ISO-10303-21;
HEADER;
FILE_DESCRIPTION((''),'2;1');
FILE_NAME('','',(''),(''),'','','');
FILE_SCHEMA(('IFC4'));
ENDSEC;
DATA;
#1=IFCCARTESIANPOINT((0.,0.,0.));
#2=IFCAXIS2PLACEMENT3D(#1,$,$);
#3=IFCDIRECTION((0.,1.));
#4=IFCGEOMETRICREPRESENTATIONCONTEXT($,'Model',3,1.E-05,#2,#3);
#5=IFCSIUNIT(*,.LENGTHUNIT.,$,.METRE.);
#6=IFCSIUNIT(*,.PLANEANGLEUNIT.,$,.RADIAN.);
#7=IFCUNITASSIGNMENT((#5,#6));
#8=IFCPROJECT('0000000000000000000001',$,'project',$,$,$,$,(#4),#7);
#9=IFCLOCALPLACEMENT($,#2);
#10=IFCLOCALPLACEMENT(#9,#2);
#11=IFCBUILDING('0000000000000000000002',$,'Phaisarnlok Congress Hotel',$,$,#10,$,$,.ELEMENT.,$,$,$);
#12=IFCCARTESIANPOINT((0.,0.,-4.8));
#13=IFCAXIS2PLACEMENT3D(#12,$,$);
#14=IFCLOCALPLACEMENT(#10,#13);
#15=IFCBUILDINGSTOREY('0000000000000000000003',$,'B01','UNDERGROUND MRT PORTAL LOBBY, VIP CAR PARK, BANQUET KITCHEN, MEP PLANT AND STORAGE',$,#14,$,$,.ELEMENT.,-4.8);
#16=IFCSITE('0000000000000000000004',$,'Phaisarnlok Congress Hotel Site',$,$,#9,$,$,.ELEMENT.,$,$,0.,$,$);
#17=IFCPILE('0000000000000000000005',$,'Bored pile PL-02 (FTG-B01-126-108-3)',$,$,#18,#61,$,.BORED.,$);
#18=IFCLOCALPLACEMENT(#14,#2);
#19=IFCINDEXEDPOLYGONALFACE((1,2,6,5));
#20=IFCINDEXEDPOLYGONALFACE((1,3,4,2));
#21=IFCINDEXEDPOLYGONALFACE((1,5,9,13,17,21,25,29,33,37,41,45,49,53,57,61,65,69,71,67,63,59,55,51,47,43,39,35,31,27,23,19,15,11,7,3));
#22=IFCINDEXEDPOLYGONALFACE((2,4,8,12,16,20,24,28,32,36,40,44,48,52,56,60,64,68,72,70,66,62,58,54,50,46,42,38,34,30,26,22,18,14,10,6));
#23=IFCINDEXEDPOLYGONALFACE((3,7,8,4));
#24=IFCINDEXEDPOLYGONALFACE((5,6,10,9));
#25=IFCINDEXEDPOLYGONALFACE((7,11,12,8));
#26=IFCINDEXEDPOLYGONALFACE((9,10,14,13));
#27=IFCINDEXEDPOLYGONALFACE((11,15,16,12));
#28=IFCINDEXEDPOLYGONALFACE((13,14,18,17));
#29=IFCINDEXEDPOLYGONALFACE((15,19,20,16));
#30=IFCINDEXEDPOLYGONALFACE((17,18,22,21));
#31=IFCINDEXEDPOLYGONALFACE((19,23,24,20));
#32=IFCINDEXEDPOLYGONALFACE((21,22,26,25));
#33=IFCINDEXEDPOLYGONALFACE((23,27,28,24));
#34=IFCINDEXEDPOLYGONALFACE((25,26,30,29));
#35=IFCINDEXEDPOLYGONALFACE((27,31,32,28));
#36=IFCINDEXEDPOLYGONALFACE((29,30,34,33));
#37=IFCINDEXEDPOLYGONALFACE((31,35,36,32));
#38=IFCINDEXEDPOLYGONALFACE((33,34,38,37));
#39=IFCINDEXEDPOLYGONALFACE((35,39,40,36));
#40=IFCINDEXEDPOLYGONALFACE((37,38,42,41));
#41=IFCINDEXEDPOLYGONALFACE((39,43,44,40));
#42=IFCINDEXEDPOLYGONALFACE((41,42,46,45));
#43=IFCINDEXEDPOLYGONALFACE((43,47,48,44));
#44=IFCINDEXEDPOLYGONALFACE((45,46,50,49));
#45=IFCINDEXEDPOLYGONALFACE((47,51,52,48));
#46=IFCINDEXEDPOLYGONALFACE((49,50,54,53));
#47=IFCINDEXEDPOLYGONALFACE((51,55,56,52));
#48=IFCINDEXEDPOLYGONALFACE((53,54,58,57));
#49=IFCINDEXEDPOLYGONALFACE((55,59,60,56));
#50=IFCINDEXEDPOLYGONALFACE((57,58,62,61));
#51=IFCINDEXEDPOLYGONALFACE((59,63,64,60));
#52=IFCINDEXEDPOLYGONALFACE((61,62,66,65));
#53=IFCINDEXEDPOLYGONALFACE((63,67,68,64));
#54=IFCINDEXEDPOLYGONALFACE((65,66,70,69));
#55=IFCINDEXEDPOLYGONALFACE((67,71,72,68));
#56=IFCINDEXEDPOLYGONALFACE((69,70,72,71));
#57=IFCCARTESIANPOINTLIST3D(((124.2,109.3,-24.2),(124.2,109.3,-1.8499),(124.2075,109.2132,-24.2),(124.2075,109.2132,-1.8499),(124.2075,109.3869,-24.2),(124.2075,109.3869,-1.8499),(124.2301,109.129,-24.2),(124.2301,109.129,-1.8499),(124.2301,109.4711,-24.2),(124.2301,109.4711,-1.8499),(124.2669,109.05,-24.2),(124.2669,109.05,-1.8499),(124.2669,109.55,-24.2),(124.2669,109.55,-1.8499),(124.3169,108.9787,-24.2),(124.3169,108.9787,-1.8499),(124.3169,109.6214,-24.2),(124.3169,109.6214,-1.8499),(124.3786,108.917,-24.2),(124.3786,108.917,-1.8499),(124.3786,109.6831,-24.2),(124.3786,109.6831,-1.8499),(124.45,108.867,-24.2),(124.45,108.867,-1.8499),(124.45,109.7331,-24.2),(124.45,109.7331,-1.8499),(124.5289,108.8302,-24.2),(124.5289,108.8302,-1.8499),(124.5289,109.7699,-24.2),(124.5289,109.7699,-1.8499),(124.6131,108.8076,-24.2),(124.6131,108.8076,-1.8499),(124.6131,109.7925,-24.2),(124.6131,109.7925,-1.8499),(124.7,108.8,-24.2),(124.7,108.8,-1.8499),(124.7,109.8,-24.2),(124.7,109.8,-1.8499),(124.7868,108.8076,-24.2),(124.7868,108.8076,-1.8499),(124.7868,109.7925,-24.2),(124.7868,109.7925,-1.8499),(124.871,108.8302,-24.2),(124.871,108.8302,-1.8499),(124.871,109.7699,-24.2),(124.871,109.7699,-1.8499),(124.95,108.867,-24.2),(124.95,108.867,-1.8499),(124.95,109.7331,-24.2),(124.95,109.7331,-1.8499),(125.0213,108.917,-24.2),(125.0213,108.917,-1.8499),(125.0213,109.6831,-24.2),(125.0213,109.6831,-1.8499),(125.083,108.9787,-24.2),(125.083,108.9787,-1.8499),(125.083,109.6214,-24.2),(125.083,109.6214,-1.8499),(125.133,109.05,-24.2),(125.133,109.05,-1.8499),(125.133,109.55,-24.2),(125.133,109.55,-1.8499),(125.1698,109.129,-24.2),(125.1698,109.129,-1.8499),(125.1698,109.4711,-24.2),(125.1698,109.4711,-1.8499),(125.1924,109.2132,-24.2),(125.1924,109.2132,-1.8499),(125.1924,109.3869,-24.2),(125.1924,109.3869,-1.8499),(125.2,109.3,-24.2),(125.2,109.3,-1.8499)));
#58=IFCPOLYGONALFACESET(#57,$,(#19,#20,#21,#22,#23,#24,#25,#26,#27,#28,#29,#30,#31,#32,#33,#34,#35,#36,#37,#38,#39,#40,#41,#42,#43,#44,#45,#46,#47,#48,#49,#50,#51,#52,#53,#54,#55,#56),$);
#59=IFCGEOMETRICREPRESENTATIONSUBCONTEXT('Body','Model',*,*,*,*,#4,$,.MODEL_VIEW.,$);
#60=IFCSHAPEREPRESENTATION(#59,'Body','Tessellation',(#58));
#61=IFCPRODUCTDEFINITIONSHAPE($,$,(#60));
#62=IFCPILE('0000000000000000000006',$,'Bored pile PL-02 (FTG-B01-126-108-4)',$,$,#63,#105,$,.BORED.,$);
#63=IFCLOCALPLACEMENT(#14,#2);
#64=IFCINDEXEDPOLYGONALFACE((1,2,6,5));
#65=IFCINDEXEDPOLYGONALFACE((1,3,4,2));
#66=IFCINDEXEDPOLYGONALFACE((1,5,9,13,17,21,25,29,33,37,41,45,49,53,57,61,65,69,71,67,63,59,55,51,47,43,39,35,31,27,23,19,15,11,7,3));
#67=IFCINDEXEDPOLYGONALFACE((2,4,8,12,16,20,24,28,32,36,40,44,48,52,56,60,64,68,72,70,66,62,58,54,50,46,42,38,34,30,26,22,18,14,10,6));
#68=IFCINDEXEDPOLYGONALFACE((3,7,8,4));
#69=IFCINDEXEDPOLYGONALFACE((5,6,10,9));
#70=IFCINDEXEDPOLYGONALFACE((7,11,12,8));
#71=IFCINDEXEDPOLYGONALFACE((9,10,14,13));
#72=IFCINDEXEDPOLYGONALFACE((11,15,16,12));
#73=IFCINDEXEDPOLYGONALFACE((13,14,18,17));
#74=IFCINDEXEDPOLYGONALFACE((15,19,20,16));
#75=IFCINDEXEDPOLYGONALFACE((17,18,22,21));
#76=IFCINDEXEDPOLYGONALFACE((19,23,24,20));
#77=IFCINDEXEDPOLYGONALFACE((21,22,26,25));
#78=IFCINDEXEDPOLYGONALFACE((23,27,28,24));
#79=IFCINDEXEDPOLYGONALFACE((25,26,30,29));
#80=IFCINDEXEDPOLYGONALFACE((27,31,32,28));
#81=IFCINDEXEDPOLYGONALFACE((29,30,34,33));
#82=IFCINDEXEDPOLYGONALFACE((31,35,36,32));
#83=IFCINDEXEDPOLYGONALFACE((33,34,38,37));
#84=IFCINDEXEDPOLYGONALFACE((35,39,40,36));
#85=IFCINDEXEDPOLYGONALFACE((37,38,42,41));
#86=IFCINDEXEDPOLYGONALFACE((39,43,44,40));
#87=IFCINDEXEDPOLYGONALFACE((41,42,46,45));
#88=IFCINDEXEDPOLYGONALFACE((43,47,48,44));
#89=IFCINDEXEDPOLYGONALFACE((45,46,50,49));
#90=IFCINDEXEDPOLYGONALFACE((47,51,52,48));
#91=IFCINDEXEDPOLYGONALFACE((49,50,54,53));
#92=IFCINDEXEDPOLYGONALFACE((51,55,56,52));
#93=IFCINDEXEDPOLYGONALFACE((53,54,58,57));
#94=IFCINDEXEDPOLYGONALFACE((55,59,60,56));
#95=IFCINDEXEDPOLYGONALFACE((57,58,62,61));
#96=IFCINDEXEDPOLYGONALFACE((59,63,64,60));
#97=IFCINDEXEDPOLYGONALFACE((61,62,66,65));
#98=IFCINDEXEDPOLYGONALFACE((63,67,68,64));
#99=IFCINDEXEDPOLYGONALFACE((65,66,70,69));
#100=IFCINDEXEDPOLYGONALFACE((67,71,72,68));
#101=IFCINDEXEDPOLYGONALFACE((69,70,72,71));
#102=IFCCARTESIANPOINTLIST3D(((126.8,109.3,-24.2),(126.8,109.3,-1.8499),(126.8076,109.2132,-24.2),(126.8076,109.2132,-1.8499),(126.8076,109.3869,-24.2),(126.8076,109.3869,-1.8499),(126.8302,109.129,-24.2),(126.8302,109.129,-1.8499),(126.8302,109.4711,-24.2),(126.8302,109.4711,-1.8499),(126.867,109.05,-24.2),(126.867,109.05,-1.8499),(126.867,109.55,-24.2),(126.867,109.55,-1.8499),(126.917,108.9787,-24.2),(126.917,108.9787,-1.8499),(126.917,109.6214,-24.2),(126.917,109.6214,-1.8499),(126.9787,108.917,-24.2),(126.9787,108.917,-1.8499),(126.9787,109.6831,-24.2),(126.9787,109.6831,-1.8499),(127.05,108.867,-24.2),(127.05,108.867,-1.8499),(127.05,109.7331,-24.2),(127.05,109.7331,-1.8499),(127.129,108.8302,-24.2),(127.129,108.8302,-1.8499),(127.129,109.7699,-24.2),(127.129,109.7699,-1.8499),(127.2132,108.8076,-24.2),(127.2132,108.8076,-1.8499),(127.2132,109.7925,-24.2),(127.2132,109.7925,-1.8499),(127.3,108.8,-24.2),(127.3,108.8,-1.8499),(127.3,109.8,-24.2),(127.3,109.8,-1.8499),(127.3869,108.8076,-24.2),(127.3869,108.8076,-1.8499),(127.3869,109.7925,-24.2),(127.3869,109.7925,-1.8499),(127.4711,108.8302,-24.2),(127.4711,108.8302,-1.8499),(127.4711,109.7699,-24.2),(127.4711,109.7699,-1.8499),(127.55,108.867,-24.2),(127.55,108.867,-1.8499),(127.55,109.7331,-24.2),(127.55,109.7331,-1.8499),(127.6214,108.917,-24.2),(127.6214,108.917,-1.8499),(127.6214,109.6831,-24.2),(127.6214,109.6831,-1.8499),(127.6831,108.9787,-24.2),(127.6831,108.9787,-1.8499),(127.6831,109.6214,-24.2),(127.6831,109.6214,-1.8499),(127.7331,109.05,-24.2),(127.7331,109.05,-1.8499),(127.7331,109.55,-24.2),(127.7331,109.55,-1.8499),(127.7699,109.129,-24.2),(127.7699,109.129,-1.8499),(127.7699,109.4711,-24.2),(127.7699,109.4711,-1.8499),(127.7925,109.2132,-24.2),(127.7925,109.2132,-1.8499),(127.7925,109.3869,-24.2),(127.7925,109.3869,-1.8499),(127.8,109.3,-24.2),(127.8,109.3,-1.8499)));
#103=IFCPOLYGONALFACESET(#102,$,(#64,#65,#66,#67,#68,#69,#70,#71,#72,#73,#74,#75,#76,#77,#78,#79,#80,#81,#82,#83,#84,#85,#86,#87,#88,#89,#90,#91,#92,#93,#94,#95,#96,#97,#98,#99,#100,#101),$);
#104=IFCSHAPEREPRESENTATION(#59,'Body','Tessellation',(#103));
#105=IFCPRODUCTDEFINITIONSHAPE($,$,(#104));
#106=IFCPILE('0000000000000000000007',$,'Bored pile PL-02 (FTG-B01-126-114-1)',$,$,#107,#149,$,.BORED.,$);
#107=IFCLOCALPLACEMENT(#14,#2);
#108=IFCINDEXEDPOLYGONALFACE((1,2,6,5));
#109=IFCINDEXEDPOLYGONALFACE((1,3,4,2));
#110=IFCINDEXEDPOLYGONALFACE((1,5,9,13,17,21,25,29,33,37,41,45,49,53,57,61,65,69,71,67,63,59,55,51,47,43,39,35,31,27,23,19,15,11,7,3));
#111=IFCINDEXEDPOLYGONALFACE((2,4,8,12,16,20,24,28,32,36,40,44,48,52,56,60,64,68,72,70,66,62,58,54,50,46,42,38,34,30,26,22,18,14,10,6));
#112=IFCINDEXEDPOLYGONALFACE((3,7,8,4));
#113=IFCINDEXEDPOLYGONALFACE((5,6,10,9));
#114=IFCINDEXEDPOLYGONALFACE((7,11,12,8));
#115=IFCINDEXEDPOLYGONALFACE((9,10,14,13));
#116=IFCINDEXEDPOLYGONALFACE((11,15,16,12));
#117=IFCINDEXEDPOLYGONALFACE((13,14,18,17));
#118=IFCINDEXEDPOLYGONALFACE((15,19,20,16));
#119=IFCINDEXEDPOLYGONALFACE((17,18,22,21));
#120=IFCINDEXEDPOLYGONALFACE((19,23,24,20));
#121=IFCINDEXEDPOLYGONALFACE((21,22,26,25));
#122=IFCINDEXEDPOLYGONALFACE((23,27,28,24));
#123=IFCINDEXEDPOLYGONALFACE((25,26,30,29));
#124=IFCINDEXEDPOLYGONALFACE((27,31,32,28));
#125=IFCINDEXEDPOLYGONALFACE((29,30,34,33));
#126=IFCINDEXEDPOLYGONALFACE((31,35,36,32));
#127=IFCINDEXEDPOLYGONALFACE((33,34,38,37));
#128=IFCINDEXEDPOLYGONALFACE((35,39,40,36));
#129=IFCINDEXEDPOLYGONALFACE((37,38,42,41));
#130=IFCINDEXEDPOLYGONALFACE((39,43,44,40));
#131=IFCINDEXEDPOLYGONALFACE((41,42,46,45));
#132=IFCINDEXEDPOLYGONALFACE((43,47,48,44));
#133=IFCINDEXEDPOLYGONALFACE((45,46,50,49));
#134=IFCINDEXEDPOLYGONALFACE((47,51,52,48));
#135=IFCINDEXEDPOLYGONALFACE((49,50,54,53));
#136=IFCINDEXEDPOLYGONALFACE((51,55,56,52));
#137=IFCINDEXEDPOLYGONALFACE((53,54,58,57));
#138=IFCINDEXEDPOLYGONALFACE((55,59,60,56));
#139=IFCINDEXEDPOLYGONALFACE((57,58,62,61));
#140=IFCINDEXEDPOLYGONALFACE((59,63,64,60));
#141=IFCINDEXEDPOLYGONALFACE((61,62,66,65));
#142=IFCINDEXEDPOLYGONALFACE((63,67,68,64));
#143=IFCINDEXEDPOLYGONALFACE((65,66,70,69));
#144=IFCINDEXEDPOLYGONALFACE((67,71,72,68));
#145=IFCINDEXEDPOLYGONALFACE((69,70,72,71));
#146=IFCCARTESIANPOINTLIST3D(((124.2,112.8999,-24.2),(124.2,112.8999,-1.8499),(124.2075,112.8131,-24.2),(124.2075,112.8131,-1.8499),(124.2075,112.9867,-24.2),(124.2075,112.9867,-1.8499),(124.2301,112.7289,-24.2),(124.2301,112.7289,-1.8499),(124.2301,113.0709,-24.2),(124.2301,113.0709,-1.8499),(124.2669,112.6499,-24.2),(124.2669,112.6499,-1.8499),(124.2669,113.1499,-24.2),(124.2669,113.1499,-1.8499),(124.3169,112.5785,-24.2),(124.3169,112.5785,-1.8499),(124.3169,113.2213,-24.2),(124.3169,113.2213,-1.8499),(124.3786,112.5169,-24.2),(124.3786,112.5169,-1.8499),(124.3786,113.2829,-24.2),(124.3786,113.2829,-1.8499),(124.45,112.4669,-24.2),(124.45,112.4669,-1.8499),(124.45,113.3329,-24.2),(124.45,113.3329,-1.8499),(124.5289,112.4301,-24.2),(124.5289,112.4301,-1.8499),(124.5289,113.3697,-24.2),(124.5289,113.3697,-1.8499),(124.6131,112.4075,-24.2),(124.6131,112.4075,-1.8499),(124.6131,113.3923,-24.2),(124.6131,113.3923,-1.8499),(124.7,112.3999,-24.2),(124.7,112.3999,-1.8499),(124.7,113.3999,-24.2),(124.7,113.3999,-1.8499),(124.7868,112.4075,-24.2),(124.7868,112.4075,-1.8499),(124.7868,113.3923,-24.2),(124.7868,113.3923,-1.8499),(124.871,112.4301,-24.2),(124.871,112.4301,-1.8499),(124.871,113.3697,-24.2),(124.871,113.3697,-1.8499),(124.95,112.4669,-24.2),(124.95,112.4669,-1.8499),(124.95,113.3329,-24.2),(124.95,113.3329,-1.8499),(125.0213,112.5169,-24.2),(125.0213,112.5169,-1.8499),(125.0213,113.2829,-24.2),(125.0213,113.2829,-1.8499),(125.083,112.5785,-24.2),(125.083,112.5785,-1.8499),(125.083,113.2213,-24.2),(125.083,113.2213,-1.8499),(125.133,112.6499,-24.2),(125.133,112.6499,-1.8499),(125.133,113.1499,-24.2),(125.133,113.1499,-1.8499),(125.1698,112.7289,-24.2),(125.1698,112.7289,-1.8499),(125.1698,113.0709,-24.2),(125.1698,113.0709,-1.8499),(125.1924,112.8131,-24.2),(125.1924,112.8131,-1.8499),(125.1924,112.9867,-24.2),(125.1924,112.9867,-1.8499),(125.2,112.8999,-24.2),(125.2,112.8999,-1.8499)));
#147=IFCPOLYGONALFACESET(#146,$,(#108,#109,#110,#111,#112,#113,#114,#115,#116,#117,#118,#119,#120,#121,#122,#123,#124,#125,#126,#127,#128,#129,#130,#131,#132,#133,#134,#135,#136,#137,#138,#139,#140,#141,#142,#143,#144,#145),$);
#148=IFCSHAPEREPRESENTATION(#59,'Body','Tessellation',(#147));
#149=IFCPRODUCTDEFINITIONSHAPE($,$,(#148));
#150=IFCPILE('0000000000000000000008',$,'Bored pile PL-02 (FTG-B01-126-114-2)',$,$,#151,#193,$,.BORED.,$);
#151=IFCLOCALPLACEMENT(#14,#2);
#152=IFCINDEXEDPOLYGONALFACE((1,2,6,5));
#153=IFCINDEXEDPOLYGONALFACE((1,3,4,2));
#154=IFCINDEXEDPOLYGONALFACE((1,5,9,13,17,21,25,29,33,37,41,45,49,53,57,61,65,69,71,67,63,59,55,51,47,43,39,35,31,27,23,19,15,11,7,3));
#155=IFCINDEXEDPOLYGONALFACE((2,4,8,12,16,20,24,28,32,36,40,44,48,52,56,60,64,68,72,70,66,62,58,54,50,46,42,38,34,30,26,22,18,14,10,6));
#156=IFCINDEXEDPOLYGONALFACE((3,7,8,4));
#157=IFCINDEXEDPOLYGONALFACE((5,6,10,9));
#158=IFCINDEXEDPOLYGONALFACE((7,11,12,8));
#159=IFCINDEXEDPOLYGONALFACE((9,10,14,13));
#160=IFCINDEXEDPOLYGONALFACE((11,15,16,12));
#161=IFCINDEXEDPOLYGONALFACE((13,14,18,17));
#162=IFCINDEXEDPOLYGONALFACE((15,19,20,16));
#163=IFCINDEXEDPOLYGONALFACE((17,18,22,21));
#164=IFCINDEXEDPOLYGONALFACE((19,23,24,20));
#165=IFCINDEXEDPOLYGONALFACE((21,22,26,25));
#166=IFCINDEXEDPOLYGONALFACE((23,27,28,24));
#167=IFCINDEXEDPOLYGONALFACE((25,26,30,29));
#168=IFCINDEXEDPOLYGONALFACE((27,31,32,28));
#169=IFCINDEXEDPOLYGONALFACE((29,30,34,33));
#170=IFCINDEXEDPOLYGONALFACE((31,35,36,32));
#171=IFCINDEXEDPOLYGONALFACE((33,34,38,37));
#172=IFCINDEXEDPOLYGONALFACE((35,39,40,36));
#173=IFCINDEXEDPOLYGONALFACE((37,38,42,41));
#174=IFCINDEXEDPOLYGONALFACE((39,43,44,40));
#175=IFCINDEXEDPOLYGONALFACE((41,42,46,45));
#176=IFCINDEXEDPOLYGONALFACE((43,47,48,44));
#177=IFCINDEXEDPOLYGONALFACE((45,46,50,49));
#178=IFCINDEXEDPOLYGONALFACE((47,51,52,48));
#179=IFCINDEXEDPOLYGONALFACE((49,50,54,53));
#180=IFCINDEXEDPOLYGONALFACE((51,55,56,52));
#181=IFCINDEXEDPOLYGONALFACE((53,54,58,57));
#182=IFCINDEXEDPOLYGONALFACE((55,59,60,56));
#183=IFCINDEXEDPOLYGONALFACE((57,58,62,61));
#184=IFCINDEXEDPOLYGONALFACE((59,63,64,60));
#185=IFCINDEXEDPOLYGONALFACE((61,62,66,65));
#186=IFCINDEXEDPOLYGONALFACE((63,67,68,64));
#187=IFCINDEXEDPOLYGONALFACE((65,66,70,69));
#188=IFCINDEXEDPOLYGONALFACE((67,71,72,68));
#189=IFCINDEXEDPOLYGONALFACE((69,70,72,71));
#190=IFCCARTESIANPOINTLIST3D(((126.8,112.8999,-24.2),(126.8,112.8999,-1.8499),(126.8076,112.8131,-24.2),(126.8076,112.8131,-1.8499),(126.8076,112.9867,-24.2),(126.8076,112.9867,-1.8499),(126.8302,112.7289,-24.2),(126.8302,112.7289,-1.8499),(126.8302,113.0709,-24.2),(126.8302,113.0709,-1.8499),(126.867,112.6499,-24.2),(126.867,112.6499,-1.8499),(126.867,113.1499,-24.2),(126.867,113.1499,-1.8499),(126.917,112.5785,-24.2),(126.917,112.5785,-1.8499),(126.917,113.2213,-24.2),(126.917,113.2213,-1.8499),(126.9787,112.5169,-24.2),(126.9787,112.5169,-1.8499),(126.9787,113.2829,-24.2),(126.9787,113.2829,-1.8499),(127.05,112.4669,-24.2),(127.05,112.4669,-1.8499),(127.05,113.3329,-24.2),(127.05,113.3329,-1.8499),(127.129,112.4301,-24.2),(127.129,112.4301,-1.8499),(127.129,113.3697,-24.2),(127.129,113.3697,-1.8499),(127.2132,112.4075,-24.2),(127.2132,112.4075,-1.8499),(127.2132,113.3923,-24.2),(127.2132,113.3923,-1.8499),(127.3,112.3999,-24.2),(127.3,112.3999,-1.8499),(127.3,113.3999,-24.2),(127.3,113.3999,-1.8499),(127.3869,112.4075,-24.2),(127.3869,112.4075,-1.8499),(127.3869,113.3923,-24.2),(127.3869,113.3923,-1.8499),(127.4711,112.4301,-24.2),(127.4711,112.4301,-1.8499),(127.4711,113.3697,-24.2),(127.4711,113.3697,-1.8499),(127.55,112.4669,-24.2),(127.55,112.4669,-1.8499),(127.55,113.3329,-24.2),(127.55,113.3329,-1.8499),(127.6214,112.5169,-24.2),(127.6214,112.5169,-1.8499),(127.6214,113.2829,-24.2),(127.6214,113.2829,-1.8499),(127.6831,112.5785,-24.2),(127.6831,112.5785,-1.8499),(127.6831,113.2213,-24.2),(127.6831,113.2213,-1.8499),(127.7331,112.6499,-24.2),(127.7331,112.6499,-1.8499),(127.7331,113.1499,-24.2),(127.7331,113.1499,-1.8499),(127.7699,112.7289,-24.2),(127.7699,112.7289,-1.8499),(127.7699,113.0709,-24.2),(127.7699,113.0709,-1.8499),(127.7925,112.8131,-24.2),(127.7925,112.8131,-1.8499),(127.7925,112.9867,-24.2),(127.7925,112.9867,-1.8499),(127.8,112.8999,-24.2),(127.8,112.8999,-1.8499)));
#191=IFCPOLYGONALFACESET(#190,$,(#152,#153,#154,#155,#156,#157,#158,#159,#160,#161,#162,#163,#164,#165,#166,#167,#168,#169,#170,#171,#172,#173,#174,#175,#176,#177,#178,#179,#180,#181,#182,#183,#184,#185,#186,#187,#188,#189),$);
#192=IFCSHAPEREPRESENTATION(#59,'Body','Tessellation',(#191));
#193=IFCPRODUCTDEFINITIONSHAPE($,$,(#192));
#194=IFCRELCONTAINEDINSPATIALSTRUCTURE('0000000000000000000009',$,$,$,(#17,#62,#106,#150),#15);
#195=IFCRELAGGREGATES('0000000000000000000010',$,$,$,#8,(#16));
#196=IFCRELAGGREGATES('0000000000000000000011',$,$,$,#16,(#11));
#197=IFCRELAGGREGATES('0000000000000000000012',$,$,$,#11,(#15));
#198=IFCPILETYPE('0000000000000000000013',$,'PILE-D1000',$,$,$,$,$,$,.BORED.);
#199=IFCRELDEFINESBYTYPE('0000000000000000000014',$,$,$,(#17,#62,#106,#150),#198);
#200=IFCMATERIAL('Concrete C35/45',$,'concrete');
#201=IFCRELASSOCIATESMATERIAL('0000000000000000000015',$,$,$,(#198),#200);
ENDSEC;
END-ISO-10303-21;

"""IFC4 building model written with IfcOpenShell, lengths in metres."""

from ifc_helpers import new_model, si_unit, direction, frame, origin, origin_2d, place, context, subcontext, project, spatial, circle, extrude, material, material_profile, profile_set, type_object, element, save


model = new_model("IFC4")

# Units and contexts
model_context = context("Model", 3, precision=1e-05, world=origin(), true_north=direction((0.0, 1.0)))
body_context = subcontext(model_context, "Body", "Model", "MODEL_VIEW")
ifc_project = project(units=[si_unit("LENGTHUNIT", "METRE"), si_unit("PLANEANGLEUNIT", "RADIAN")], contexts=[model_context])

# Site, building, storey
site_placement = place(None, origin())
site = spatial("IfcSite", under=ifc_project, at=site_placement, Name="Phaisarnlok Congress Hotel Site", CompositionType="ELEMENT", RefElevation=0.0)
building_placement = place(site_placement, origin())
building = spatial("IfcBuilding", under=site, at=building_placement, Name="Phaisarnlok Congress Hotel", CompositionType="ELEMENT")
storey_placement = place(building_placement, frame((0.0, 0.0, -4.8)))
storey = spatial("IfcBuildingStorey", under=building, at=storey_placement, Name="B01", Description="UNDERGROUND MRT PORTAL LOBBY, VIP CAR PARK, BANQUET KITCHEN, MEP PLANT AND STORAGE", CompositionType="ELEMENT", Elevation=-4.8)

# Piles
ifc_material_1 = material(Name="Concrete C35/45", Category="concrete")
ifc_material_profile_1 = material_profile(ifc_material_1, circle(Radius=0.5, at=origin_2d()), Name="BORED PILE D1000")
ifc_profile_set_1 = profile_set([ifc_material_profile_1], Name="Concrete C35/45")
pile_type_1 = type_object("IfcPileType", Name="PILE-D1000", PredefinedType="BORED", material=ifc_profile_set_1)
for number, where, z_axis, x_axis, name in (
    (1, (124.7, 109.3, -1.8499), (0.0, 0.0, -1.0), (1.0, 0.0, 0.0), "Bored pile PL-02 (FTG-B01-126-108-3)"),
    (2, (127.3, 109.3, -1.8499), (0.0, 0.0, -1.0), (1.0, 0.0, 0.0), "Bored pile PL-02 (FTG-B01-126-108-4)"),
    (3, (124.7, 112.8999, -1.8499), (0.0, 0.0, -1.0), (1.0, 0.0, 0.0), "Bored pile PL-02 (FTG-B01-126-114-1)"),
    (4, (127.3, 112.8999, -1.8499), (0.0, 0.0, -1.0), (1.0, 0.0, 0.0), "Bored pile PL-02 (FTG-B01-126-114-2)"),
):
    element("IfcPile", number, at=place(storey_placement, frame(where, z_axis=z_axis, x_axis=x_axis)), inside=storey, type_object=pile_type_1, Name=name, PredefinedType="BORED", context=body_context, shape_type="SweptSolid", body=[
        extrude(circle(Radius=0.5, at=origin_2d()), origin(), (0.0, 0.0, 1.0), 22.3501),
    ])

save(model, "model.ifc")
